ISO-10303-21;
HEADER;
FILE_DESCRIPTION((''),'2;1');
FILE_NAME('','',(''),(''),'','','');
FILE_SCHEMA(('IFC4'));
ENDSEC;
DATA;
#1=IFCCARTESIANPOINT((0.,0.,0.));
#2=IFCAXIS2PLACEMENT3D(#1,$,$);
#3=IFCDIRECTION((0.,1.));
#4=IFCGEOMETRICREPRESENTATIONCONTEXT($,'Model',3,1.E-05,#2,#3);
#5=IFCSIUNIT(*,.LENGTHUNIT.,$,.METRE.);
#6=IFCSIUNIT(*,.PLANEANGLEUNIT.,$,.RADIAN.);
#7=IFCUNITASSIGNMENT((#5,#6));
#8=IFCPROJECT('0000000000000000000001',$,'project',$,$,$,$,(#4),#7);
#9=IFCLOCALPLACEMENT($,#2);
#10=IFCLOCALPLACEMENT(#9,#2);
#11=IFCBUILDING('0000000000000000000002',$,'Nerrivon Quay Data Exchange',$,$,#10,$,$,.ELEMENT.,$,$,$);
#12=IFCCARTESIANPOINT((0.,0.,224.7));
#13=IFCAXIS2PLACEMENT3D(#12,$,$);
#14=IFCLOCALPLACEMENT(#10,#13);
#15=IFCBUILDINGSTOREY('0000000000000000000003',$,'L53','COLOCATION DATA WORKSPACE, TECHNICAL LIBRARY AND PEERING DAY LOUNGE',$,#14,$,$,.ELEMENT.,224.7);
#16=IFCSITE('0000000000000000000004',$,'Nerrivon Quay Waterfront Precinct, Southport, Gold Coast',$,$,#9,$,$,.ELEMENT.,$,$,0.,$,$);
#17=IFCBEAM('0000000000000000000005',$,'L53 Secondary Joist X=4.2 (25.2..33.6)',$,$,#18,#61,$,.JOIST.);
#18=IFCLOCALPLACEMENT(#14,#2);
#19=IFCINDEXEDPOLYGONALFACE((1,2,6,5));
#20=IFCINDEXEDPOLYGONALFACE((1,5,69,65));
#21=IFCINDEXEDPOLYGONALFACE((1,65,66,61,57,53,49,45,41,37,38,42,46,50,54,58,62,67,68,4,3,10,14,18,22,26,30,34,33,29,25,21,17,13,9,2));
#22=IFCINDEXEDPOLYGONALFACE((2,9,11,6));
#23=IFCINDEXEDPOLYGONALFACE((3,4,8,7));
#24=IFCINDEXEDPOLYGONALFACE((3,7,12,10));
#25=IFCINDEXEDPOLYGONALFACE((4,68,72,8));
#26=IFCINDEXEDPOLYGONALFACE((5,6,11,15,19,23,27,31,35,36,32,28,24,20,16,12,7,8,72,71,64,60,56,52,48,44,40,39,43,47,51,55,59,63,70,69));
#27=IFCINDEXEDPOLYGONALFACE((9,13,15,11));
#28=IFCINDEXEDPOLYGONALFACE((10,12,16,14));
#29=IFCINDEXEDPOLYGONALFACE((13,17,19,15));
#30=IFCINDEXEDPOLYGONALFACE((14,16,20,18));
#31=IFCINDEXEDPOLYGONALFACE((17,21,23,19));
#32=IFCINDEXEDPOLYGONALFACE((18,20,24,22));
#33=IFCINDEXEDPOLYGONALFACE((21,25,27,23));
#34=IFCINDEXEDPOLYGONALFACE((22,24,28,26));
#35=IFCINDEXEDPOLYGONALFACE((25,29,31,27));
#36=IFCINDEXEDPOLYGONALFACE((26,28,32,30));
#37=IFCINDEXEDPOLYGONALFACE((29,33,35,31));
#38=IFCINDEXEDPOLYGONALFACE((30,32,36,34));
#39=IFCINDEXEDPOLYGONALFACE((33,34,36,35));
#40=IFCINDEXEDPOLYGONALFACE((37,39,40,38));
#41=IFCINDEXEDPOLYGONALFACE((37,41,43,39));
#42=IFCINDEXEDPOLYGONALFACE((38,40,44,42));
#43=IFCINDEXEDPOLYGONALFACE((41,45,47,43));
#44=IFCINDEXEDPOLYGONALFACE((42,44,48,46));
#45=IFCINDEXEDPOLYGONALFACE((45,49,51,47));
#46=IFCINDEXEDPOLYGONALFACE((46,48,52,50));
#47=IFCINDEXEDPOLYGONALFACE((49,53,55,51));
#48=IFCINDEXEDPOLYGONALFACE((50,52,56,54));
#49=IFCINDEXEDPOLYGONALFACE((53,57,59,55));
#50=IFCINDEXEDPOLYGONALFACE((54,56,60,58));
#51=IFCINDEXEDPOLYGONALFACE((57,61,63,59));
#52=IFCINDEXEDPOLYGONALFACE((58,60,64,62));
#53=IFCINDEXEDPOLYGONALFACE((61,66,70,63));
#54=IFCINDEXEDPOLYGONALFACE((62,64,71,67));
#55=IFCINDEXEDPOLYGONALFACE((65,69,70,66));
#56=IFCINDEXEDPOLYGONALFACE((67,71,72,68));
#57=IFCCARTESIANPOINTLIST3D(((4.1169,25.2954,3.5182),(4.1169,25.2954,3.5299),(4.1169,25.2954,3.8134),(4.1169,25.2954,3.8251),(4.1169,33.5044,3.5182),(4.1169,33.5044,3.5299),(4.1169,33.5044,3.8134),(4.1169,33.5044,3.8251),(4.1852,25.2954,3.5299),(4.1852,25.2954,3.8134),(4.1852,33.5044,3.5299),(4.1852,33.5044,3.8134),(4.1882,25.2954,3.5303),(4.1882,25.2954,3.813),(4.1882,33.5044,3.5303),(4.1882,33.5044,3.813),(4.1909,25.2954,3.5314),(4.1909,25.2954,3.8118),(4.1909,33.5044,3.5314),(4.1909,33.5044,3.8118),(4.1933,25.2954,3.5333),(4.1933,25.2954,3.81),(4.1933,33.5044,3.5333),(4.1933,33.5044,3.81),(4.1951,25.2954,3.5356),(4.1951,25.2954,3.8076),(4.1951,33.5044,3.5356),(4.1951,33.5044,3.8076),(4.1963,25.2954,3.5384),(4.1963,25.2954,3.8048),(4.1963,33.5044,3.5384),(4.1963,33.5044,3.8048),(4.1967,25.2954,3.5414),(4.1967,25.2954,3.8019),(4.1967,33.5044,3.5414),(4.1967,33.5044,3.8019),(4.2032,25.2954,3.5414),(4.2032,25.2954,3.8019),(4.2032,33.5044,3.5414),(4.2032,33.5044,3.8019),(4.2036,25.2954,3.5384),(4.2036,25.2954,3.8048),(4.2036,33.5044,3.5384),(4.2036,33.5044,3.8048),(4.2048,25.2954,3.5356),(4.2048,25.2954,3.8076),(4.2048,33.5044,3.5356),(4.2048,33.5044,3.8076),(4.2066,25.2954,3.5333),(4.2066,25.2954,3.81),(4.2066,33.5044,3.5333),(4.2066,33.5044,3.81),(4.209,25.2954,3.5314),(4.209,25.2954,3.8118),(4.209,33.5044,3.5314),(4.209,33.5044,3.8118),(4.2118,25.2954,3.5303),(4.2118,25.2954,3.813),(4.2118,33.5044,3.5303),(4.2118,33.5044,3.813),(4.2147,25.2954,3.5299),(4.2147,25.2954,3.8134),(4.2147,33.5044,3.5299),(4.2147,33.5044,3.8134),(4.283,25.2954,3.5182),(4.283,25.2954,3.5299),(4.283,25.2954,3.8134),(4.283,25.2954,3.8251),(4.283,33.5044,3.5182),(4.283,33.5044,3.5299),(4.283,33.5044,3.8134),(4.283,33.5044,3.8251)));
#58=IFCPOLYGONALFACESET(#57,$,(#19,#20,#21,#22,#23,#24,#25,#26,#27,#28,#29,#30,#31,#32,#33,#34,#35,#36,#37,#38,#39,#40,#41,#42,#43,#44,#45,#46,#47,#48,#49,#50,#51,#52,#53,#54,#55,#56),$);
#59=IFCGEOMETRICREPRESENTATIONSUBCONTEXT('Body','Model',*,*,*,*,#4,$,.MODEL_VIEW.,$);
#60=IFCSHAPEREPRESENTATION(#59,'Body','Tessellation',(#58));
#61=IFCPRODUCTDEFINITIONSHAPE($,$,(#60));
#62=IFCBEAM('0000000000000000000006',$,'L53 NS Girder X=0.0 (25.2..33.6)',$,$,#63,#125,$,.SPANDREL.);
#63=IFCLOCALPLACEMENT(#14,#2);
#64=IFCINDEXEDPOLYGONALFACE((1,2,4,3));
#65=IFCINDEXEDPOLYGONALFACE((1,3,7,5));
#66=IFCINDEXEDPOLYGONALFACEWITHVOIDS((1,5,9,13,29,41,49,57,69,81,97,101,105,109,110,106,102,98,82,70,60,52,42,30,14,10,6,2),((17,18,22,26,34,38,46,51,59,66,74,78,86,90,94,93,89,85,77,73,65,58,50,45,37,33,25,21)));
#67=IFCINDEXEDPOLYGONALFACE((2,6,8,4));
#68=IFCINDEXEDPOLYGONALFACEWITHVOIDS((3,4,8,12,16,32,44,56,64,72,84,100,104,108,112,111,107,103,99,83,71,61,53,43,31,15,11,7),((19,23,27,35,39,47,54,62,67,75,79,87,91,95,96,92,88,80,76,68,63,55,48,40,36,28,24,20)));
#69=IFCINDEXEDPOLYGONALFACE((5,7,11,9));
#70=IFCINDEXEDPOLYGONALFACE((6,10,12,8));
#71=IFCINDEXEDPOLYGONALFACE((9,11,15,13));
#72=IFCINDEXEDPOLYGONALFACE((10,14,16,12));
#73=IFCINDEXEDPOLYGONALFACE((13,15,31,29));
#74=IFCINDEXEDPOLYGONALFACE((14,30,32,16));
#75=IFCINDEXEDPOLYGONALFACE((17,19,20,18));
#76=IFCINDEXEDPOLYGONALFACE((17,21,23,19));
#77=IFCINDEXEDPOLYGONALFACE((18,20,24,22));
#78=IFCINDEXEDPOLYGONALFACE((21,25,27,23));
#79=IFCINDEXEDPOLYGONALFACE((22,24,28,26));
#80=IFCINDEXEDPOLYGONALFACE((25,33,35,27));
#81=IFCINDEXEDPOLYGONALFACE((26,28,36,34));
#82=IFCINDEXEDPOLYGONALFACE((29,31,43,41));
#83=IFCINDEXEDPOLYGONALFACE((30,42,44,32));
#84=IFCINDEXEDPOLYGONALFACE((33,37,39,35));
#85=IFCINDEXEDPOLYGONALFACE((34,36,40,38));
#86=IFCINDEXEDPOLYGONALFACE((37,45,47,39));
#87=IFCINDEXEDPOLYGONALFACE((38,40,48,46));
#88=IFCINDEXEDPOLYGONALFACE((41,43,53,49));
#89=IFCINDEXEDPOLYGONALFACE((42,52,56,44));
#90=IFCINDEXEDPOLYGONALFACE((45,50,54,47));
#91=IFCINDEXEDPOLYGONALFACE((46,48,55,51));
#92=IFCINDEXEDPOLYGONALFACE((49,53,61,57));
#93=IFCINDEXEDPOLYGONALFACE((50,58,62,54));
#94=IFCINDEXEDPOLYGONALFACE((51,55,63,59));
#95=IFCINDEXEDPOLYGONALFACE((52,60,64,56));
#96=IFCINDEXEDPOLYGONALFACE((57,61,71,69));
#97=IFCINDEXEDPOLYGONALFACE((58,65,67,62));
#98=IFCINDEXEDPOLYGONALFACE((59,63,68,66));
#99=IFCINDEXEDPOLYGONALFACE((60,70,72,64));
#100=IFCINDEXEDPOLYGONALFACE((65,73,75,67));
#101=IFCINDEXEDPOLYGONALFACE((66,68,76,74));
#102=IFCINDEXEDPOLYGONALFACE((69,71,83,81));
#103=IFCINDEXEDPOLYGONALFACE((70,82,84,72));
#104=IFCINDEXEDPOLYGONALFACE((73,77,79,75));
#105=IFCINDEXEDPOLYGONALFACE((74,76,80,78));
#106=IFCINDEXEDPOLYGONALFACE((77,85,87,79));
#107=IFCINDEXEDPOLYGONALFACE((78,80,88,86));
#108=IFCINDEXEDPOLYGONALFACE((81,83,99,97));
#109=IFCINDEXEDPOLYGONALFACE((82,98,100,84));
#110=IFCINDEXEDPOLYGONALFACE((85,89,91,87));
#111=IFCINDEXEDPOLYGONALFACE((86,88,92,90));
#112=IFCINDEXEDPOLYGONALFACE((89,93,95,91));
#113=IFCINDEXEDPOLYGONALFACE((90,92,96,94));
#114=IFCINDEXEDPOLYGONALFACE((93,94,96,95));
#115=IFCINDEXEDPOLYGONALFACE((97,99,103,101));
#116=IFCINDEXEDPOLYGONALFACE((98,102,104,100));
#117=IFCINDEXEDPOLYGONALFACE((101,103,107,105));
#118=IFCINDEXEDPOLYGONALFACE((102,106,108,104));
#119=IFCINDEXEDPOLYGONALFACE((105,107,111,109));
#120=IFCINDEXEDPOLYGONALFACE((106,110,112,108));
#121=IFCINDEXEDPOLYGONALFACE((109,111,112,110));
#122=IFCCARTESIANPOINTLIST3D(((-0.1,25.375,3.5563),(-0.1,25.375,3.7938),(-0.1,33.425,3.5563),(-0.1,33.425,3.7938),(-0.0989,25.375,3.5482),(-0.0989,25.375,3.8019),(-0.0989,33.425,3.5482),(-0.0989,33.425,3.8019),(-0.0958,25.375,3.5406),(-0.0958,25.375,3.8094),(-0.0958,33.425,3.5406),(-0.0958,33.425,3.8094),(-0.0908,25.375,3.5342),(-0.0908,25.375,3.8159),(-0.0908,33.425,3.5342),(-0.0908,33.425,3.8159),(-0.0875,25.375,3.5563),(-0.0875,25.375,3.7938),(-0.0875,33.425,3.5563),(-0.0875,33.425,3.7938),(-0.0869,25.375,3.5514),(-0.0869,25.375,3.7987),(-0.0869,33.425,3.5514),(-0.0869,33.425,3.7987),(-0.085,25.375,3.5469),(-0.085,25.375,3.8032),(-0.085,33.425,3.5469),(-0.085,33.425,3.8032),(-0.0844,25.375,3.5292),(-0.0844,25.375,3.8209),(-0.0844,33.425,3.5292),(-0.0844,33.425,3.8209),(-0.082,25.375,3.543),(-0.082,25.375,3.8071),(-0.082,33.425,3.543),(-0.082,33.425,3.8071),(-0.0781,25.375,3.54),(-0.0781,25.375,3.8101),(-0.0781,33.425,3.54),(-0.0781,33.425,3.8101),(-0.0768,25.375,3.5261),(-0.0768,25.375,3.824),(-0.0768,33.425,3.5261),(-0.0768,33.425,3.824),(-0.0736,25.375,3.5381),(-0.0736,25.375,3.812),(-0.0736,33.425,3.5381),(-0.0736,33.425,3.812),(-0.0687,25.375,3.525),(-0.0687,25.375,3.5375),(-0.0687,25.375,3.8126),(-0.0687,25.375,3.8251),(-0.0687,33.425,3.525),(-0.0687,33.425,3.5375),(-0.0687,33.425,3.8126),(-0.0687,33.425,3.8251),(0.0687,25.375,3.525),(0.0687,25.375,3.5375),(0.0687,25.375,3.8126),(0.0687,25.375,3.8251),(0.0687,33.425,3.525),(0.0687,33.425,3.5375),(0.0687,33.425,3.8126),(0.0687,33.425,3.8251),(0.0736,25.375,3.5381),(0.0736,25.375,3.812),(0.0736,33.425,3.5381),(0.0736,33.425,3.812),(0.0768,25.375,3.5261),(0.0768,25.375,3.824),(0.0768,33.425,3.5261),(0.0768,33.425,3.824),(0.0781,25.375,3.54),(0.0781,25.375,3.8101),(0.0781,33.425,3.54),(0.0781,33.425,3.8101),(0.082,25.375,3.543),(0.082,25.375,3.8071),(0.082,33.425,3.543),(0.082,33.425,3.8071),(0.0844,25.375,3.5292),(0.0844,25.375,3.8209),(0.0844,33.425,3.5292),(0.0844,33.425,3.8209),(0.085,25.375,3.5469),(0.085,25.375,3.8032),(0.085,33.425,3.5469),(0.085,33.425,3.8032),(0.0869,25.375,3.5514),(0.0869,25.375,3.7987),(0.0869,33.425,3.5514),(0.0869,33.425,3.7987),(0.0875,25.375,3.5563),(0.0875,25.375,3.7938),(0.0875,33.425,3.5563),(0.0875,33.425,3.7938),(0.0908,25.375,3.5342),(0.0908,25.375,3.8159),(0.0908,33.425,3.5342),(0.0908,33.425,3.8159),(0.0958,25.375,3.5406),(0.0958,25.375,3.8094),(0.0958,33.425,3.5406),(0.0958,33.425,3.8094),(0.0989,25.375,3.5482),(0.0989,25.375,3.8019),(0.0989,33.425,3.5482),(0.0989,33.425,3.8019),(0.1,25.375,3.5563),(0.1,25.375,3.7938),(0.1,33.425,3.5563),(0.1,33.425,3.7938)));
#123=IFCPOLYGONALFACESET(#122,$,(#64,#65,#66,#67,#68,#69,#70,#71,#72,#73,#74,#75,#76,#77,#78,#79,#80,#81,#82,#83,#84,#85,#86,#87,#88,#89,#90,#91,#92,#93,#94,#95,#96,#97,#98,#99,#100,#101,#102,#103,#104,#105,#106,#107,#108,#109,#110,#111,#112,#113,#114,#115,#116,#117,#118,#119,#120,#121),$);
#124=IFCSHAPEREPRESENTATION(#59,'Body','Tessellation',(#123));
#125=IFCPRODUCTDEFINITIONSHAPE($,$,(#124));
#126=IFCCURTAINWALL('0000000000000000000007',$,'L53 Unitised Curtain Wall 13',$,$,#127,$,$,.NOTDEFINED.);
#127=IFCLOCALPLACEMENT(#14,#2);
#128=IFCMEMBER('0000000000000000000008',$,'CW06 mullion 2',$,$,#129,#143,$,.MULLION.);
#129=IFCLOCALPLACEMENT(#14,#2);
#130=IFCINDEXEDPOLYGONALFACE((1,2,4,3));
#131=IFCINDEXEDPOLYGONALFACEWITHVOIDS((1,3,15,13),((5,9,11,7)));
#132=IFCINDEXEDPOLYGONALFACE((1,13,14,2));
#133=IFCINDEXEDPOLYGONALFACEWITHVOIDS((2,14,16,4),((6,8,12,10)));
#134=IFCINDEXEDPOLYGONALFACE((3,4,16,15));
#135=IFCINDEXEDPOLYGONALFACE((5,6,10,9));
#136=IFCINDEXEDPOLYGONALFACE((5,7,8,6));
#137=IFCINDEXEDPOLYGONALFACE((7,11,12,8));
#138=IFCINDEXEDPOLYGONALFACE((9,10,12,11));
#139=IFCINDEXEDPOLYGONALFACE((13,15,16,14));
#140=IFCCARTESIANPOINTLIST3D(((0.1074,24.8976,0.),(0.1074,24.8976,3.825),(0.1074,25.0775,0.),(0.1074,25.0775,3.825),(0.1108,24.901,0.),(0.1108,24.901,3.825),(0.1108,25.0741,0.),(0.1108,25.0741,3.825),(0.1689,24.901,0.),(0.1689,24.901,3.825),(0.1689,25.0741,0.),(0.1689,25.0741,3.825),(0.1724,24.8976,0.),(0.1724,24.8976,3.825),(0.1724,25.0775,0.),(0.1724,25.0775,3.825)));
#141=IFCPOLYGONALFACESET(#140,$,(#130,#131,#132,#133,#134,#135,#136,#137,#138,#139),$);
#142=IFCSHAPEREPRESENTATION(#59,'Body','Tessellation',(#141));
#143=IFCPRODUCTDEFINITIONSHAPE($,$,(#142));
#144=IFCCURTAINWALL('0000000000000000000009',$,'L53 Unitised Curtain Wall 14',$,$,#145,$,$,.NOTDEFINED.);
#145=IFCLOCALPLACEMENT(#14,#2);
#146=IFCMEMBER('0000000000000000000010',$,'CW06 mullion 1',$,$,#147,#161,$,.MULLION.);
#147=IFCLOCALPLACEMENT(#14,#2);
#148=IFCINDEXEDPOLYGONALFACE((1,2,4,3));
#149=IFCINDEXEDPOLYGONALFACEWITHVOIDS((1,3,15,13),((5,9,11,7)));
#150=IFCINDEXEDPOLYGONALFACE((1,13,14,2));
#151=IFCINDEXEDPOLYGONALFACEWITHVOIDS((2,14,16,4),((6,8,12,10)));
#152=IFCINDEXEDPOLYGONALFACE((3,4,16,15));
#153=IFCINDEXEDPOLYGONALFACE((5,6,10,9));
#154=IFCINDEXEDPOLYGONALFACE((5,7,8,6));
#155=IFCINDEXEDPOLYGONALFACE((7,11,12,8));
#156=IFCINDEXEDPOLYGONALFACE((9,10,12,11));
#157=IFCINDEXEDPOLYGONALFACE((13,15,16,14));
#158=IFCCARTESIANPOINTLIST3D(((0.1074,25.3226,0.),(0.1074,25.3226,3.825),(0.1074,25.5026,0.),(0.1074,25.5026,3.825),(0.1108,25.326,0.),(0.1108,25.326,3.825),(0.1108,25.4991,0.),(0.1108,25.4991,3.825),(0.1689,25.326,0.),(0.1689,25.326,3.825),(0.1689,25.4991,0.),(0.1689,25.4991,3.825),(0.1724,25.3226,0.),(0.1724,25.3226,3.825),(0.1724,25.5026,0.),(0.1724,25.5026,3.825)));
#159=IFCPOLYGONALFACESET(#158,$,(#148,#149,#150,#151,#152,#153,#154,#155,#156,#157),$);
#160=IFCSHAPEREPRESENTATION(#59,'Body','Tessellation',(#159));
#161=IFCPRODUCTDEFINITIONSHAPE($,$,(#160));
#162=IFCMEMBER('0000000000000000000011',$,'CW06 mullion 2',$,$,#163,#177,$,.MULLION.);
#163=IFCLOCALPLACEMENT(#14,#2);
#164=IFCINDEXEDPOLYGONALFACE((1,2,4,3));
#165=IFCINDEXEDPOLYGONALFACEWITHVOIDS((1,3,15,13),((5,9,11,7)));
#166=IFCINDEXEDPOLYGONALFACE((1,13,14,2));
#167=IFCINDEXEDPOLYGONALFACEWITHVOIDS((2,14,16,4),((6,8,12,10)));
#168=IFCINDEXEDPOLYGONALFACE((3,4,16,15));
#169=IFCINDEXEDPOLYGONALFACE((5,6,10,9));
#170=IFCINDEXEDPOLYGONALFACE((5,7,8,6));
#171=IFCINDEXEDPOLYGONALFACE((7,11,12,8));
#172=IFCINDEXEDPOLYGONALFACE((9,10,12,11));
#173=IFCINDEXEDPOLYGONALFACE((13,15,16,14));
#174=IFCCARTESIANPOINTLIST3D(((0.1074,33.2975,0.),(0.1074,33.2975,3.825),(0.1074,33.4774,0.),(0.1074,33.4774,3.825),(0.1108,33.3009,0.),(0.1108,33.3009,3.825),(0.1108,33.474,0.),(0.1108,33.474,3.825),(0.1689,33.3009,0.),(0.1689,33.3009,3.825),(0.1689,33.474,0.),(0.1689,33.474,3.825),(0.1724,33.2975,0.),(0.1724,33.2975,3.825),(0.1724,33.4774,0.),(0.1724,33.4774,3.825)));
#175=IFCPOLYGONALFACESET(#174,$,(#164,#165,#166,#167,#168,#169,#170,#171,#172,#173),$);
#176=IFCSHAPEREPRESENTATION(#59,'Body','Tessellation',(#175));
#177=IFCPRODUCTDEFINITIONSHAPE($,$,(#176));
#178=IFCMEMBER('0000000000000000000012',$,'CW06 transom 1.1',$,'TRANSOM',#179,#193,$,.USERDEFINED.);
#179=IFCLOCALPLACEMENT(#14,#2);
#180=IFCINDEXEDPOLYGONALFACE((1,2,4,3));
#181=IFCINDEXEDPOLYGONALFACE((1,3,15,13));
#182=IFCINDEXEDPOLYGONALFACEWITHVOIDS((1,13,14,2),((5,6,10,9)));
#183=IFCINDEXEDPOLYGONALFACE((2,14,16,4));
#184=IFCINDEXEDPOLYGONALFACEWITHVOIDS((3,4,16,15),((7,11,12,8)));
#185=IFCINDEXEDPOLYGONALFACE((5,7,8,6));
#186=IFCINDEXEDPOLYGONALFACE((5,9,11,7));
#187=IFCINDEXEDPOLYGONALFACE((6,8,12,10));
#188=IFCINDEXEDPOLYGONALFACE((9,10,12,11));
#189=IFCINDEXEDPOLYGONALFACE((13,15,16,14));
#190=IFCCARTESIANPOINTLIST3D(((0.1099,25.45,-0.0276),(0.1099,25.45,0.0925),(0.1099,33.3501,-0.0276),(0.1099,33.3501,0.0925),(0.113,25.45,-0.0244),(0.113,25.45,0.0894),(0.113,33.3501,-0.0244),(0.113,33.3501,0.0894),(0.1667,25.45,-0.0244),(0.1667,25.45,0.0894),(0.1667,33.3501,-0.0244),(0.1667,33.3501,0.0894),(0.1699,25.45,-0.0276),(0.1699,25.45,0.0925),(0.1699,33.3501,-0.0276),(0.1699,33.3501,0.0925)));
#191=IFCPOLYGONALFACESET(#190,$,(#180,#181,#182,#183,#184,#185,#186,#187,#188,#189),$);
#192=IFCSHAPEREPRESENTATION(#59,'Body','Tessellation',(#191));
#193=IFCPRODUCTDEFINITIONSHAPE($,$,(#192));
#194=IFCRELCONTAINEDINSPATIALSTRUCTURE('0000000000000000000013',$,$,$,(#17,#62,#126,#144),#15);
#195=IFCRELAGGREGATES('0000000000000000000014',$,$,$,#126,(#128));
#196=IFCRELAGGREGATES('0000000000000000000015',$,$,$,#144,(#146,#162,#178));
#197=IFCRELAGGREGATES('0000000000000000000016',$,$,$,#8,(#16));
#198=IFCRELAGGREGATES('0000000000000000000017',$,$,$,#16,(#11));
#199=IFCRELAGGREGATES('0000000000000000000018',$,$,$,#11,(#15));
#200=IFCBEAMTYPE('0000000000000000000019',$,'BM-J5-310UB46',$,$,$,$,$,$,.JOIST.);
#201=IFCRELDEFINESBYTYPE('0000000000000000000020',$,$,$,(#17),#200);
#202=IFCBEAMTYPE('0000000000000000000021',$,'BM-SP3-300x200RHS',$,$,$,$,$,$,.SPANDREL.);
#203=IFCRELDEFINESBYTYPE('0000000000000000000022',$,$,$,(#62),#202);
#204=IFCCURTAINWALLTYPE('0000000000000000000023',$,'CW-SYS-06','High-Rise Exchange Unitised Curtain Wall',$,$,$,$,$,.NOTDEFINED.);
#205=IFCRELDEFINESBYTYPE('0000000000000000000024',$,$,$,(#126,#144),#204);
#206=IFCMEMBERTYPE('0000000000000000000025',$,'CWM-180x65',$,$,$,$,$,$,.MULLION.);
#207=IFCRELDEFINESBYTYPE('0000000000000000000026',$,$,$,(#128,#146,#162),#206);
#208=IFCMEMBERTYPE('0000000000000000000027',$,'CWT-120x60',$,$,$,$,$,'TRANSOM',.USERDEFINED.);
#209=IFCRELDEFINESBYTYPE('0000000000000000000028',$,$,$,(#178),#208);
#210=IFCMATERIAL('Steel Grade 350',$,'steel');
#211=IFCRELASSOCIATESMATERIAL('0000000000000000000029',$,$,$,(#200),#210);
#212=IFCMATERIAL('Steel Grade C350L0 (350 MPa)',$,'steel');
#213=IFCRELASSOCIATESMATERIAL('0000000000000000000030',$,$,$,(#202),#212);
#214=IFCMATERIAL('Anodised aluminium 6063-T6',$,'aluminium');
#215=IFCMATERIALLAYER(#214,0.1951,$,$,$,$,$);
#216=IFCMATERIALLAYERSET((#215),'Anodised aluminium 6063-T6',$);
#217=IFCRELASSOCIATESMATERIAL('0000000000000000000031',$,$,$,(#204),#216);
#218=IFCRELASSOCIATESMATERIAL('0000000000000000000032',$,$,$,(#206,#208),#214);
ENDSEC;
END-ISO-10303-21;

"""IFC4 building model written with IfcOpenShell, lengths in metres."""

from ifc_helpers import new_model, si_unit, direction, frame, origin, origin_2d, place, context, subcontext, project, spatial, hollow_rectangle, i_section, extrude, material, layer, layer_set, material_profile, profile_set, type_object, element, aggregate, save


model = new_model("IFC4")

# Units and contexts
model_context = context("Model", 3, precision=1e-05, world=origin(), true_north=direction((0.0, 1.0)))
body_context = subcontext(model_context, "Body", "Model", "MODEL_VIEW")
ifc_project = project(units=[si_unit("LENGTHUNIT", "METRE"), si_unit("PLANEANGLEUNIT", "RADIAN")], contexts=[model_context])

# Site, building, storey
site_placement = place(None, origin())
site = spatial("IfcSite", under=ifc_project, at=site_placement, Name="Nerrivon Quay Waterfront Precinct, Southport, Gold Coast", CompositionType="ELEMENT", RefElevation=0.0)
building_placement = place(site_placement, origin())
building = spatial("IfcBuilding", under=site, at=building_placement, Name="Nerrivon Quay Data Exchange", CompositionType="ELEMENT")
storey_placement = place(building_placement, frame((0.0, 0.0, 224.7)))
storey = spatial("IfcBuildingStorey", under=building, at=storey_placement, Name="L53", Description="COLOCATION DATA WORKSPACE, TECHNICAL LIBRARY AND PEERING DAY LOUNGE", CompositionType="ELEMENT", Elevation=224.7)

# Shared definitions
ifc_material_1 = material(Name="Steel Grade 350", Category="steel")

# Beams
ifc_material_profile_1 = material_profile(ifc_material_1, i_section(OverallWidth=0.166, OverallDepth=0.3069, WebThickness=0.0066, FlangeThickness=0.0117, FilletRadius=0.0115, at=origin_2d()), Name="310UB46.2")
ifc_profile_set_1 = profile_set([ifc_material_profile_1], Name="Steel Grade 350")
beam_type_1 = type_object("IfcBeamType", Name="BM-J5-310UB46", PredefinedType="JOIST", material=ifc_profile_set_1)
beam_1_placement = place(storey_placement, frame((4.2, 25.2954, 3.6716), z_axis=(0.0, 1.0, 0.0), x_axis=(-1.0, 0.0, 0.0)))
element("IfcBeam", 1, at=beam_1_placement, inside=storey, type_object=beam_type_1, Name="L53 Secondary Joist X=4.2 (25.2..33.6)", PredefinedType="JOIST", context=body_context, shape_type="SweptSolid", body=[
    extrude(i_section(OverallWidth=0.166, OverallDepth=0.3069, WebThickness=0.0066, FlangeThickness=0.0117, FilletRadius=0.0115, at=origin_2d()), origin(), (0.0, 0.0, 1.0), 8.209),
])
ifc_material_2 = material(Name="Steel Grade C350L0 (350 MPa)", Category="steel")
ifc_material_profile_2 = material_profile(ifc_material_2, hollow_rectangle(XDim=0.2, YDim=0.3, WallThickness=0.0125, InnerFilletRadius=0.0188, OuterFilletRadius=0.0312, at=origin_2d()), Name="300x200x12.5RHS")
ifc_profile_set_2 = profile_set([ifc_material_profile_2], Name="Steel Grade C350L0 (350 MPa)")
beam_type_2 = type_object("IfcBeamType", Name="BM-SP3-300x200RHS", PredefinedType="SPANDREL", material=ifc_profile_set_2)
beam_2_placement = place(storey_placement, frame((0.0, 25.375, 3.675), z_axis=(0.0, 1.0, 0.0), x_axis=(-1.0, 0.0, 0.0)))
element("IfcBeam", 2, at=beam_2_placement, inside=storey, type_object=beam_type_2, Name="L53 NS Girder X=0.0 (25.2..33.6)", PredefinedType="SPANDREL", context=body_context, shape_type="SweptSolid", body=[
    extrude(hollow_rectangle(XDim=0.2, YDim=0.3, WallThickness=0.0125, InnerFilletRadius=0.0188, OuterFilletRadius=0.0312, at=origin_2d()), origin(), (0.0, 0.0, 1.0), 8.05),
])

# Curtain wall, member
ifc_material_3 = material(Name="Anodised aluminium 6063-T6", Category="aluminium")
ifc_layer_1 = layer(ifc_material_3, 0.1951)
ifc_layer_set_1 = layer_set([ifc_layer_1], Name="Anodised aluminium 6063-T6")
curtain_wall_type = type_object("IfcCurtainWallType", Name="CW-SYS-06", Description="High-Rise Exchange Unitised Curtain Wall", PredefinedType="NOTDEFINED", material=ifc_layer_set_1)
curtain_wall_1_placement = place(storey_placement, origin())
curtain_wall_1 = element("IfcCurtainWall", 3, at=curtain_wall_1_placement, inside=storey, type_object=curtain_wall_type, Name="L53 Unitised Curtain Wall 13", PredefinedType="NOTDEFINED")
ifc_material_profile_3 = material_profile(ifc_material_3, hollow_rectangle(XDim=0.0649, YDim=0.1799, WallThickness=0.0034, at=origin_2d()), Name="ALU-MULL-180x65")
ifc_profile_set_3 = profile_set([ifc_material_profile_3], Name="Anodised aluminium 6063-T6")
member_type_1 = type_object("IfcMemberType", Name="CWM-180x65", PredefinedType="MULLION", material=ifc_profile_set_3)
member_1_placement = place(storey_placement, frame((0.1399, 24.9875, 0.0), z_axis=(0.0, 0.0, 1.0), x_axis=(-1.0, 0.0, 0.0)))
member_1 = element("IfcMember", 4, at=member_1_placement, type_object=member_type_1, Name="CW06 mullion 2", PredefinedType="MULLION", context=body_context, shape_type="SweptSolid", body=[
    extrude(hollow_rectangle(XDim=0.0649, YDim=0.1799, WallThickness=0.0034, at=origin_2d()), origin(), (0.0, 0.0, 1.0), 3.825),
])

# Curtain wall, members
curtain_wall_2_placement = place(storey_placement, origin())
curtain_wall_2 = element("IfcCurtainWall", 5, at=curtain_wall_2_placement, inside=storey, type_object=curtain_wall_type, Name="L53 Unitised Curtain Wall 14", PredefinedType="NOTDEFINED")
member_2_placement = place(storey_placement, frame((0.1399, 25.4126, 0.0), z_axis=(0.0, 0.0, 1.0), x_axis=(-1.0, 0.0, 0.0)))
member_2 = element("IfcMember", 6, at=member_2_placement, type_object=member_type_1, Name="CW06 mullion 1", PredefinedType="MULLION", context=body_context, shape_type="SweptSolid", body=[
    extrude(hollow_rectangle(XDim=0.0649, YDim=0.1799, WallThickness=0.0034, at=origin_2d()), origin(), (0.0, 0.0, 1.0), 3.825),
])
member_3_placement = place(storey_placement, frame((0.1399, 33.3875, 0.0), z_axis=(0.0, 0.0, 1.0), x_axis=(-1.0, 0.0, 0.0)))
member_3 = element("IfcMember", 7, at=member_3_placement, type_object=member_type_1, Name="CW06 mullion 2", PredefinedType="MULLION", context=body_context, shape_type="SweptSolid", body=[
    extrude(hollow_rectangle(XDim=0.0649, YDim=0.1799, WallThickness=0.0034, at=origin_2d()), origin(), (0.0, 0.0, 1.0), 3.825),
])
ifc_material_profile_4 = material_profile(ifc_material_3, hollow_rectangle(XDim=0.0601, YDim=0.1201, WallThickness=0.0032, at=origin_2d()), Name="ALU-TRAN-120x60")
ifc_profile_set_4 = profile_set([ifc_material_profile_4], Name="Anodised aluminium 6063-T6")
member_type_2 = type_object("IfcMemberType", Name="CWT-120x60", ElementType="TRANSOM", PredefinedType="USERDEFINED", material=ifc_profile_set_4)
member_4_placement = place(storey_placement, frame((0.1399, 25.45, 0.0325), z_axis=(0.0, 1.0, 0.0), x_axis=(-1.0, 0.0, 0.0)))
member_4 = element("IfcMember", 8, at=member_4_placement, type_object=member_type_2, Name="CW06 transom 1.1", ObjectType="TRANSOM", PredefinedType="USERDEFINED", context=body_context, shape_type="SweptSolid", body=[
    extrude(hollow_rectangle(XDim=0.0601, YDim=0.1201, WallThickness=0.0032, at=origin_2d()), origin(), (0.0, 0.0, 1.0), 7.9001),
])

aggregate(curtain_wall_1, [member_1])
aggregate(curtain_wall_2, [member_2, member_3, member_4])

save(model, "model.ifc")
